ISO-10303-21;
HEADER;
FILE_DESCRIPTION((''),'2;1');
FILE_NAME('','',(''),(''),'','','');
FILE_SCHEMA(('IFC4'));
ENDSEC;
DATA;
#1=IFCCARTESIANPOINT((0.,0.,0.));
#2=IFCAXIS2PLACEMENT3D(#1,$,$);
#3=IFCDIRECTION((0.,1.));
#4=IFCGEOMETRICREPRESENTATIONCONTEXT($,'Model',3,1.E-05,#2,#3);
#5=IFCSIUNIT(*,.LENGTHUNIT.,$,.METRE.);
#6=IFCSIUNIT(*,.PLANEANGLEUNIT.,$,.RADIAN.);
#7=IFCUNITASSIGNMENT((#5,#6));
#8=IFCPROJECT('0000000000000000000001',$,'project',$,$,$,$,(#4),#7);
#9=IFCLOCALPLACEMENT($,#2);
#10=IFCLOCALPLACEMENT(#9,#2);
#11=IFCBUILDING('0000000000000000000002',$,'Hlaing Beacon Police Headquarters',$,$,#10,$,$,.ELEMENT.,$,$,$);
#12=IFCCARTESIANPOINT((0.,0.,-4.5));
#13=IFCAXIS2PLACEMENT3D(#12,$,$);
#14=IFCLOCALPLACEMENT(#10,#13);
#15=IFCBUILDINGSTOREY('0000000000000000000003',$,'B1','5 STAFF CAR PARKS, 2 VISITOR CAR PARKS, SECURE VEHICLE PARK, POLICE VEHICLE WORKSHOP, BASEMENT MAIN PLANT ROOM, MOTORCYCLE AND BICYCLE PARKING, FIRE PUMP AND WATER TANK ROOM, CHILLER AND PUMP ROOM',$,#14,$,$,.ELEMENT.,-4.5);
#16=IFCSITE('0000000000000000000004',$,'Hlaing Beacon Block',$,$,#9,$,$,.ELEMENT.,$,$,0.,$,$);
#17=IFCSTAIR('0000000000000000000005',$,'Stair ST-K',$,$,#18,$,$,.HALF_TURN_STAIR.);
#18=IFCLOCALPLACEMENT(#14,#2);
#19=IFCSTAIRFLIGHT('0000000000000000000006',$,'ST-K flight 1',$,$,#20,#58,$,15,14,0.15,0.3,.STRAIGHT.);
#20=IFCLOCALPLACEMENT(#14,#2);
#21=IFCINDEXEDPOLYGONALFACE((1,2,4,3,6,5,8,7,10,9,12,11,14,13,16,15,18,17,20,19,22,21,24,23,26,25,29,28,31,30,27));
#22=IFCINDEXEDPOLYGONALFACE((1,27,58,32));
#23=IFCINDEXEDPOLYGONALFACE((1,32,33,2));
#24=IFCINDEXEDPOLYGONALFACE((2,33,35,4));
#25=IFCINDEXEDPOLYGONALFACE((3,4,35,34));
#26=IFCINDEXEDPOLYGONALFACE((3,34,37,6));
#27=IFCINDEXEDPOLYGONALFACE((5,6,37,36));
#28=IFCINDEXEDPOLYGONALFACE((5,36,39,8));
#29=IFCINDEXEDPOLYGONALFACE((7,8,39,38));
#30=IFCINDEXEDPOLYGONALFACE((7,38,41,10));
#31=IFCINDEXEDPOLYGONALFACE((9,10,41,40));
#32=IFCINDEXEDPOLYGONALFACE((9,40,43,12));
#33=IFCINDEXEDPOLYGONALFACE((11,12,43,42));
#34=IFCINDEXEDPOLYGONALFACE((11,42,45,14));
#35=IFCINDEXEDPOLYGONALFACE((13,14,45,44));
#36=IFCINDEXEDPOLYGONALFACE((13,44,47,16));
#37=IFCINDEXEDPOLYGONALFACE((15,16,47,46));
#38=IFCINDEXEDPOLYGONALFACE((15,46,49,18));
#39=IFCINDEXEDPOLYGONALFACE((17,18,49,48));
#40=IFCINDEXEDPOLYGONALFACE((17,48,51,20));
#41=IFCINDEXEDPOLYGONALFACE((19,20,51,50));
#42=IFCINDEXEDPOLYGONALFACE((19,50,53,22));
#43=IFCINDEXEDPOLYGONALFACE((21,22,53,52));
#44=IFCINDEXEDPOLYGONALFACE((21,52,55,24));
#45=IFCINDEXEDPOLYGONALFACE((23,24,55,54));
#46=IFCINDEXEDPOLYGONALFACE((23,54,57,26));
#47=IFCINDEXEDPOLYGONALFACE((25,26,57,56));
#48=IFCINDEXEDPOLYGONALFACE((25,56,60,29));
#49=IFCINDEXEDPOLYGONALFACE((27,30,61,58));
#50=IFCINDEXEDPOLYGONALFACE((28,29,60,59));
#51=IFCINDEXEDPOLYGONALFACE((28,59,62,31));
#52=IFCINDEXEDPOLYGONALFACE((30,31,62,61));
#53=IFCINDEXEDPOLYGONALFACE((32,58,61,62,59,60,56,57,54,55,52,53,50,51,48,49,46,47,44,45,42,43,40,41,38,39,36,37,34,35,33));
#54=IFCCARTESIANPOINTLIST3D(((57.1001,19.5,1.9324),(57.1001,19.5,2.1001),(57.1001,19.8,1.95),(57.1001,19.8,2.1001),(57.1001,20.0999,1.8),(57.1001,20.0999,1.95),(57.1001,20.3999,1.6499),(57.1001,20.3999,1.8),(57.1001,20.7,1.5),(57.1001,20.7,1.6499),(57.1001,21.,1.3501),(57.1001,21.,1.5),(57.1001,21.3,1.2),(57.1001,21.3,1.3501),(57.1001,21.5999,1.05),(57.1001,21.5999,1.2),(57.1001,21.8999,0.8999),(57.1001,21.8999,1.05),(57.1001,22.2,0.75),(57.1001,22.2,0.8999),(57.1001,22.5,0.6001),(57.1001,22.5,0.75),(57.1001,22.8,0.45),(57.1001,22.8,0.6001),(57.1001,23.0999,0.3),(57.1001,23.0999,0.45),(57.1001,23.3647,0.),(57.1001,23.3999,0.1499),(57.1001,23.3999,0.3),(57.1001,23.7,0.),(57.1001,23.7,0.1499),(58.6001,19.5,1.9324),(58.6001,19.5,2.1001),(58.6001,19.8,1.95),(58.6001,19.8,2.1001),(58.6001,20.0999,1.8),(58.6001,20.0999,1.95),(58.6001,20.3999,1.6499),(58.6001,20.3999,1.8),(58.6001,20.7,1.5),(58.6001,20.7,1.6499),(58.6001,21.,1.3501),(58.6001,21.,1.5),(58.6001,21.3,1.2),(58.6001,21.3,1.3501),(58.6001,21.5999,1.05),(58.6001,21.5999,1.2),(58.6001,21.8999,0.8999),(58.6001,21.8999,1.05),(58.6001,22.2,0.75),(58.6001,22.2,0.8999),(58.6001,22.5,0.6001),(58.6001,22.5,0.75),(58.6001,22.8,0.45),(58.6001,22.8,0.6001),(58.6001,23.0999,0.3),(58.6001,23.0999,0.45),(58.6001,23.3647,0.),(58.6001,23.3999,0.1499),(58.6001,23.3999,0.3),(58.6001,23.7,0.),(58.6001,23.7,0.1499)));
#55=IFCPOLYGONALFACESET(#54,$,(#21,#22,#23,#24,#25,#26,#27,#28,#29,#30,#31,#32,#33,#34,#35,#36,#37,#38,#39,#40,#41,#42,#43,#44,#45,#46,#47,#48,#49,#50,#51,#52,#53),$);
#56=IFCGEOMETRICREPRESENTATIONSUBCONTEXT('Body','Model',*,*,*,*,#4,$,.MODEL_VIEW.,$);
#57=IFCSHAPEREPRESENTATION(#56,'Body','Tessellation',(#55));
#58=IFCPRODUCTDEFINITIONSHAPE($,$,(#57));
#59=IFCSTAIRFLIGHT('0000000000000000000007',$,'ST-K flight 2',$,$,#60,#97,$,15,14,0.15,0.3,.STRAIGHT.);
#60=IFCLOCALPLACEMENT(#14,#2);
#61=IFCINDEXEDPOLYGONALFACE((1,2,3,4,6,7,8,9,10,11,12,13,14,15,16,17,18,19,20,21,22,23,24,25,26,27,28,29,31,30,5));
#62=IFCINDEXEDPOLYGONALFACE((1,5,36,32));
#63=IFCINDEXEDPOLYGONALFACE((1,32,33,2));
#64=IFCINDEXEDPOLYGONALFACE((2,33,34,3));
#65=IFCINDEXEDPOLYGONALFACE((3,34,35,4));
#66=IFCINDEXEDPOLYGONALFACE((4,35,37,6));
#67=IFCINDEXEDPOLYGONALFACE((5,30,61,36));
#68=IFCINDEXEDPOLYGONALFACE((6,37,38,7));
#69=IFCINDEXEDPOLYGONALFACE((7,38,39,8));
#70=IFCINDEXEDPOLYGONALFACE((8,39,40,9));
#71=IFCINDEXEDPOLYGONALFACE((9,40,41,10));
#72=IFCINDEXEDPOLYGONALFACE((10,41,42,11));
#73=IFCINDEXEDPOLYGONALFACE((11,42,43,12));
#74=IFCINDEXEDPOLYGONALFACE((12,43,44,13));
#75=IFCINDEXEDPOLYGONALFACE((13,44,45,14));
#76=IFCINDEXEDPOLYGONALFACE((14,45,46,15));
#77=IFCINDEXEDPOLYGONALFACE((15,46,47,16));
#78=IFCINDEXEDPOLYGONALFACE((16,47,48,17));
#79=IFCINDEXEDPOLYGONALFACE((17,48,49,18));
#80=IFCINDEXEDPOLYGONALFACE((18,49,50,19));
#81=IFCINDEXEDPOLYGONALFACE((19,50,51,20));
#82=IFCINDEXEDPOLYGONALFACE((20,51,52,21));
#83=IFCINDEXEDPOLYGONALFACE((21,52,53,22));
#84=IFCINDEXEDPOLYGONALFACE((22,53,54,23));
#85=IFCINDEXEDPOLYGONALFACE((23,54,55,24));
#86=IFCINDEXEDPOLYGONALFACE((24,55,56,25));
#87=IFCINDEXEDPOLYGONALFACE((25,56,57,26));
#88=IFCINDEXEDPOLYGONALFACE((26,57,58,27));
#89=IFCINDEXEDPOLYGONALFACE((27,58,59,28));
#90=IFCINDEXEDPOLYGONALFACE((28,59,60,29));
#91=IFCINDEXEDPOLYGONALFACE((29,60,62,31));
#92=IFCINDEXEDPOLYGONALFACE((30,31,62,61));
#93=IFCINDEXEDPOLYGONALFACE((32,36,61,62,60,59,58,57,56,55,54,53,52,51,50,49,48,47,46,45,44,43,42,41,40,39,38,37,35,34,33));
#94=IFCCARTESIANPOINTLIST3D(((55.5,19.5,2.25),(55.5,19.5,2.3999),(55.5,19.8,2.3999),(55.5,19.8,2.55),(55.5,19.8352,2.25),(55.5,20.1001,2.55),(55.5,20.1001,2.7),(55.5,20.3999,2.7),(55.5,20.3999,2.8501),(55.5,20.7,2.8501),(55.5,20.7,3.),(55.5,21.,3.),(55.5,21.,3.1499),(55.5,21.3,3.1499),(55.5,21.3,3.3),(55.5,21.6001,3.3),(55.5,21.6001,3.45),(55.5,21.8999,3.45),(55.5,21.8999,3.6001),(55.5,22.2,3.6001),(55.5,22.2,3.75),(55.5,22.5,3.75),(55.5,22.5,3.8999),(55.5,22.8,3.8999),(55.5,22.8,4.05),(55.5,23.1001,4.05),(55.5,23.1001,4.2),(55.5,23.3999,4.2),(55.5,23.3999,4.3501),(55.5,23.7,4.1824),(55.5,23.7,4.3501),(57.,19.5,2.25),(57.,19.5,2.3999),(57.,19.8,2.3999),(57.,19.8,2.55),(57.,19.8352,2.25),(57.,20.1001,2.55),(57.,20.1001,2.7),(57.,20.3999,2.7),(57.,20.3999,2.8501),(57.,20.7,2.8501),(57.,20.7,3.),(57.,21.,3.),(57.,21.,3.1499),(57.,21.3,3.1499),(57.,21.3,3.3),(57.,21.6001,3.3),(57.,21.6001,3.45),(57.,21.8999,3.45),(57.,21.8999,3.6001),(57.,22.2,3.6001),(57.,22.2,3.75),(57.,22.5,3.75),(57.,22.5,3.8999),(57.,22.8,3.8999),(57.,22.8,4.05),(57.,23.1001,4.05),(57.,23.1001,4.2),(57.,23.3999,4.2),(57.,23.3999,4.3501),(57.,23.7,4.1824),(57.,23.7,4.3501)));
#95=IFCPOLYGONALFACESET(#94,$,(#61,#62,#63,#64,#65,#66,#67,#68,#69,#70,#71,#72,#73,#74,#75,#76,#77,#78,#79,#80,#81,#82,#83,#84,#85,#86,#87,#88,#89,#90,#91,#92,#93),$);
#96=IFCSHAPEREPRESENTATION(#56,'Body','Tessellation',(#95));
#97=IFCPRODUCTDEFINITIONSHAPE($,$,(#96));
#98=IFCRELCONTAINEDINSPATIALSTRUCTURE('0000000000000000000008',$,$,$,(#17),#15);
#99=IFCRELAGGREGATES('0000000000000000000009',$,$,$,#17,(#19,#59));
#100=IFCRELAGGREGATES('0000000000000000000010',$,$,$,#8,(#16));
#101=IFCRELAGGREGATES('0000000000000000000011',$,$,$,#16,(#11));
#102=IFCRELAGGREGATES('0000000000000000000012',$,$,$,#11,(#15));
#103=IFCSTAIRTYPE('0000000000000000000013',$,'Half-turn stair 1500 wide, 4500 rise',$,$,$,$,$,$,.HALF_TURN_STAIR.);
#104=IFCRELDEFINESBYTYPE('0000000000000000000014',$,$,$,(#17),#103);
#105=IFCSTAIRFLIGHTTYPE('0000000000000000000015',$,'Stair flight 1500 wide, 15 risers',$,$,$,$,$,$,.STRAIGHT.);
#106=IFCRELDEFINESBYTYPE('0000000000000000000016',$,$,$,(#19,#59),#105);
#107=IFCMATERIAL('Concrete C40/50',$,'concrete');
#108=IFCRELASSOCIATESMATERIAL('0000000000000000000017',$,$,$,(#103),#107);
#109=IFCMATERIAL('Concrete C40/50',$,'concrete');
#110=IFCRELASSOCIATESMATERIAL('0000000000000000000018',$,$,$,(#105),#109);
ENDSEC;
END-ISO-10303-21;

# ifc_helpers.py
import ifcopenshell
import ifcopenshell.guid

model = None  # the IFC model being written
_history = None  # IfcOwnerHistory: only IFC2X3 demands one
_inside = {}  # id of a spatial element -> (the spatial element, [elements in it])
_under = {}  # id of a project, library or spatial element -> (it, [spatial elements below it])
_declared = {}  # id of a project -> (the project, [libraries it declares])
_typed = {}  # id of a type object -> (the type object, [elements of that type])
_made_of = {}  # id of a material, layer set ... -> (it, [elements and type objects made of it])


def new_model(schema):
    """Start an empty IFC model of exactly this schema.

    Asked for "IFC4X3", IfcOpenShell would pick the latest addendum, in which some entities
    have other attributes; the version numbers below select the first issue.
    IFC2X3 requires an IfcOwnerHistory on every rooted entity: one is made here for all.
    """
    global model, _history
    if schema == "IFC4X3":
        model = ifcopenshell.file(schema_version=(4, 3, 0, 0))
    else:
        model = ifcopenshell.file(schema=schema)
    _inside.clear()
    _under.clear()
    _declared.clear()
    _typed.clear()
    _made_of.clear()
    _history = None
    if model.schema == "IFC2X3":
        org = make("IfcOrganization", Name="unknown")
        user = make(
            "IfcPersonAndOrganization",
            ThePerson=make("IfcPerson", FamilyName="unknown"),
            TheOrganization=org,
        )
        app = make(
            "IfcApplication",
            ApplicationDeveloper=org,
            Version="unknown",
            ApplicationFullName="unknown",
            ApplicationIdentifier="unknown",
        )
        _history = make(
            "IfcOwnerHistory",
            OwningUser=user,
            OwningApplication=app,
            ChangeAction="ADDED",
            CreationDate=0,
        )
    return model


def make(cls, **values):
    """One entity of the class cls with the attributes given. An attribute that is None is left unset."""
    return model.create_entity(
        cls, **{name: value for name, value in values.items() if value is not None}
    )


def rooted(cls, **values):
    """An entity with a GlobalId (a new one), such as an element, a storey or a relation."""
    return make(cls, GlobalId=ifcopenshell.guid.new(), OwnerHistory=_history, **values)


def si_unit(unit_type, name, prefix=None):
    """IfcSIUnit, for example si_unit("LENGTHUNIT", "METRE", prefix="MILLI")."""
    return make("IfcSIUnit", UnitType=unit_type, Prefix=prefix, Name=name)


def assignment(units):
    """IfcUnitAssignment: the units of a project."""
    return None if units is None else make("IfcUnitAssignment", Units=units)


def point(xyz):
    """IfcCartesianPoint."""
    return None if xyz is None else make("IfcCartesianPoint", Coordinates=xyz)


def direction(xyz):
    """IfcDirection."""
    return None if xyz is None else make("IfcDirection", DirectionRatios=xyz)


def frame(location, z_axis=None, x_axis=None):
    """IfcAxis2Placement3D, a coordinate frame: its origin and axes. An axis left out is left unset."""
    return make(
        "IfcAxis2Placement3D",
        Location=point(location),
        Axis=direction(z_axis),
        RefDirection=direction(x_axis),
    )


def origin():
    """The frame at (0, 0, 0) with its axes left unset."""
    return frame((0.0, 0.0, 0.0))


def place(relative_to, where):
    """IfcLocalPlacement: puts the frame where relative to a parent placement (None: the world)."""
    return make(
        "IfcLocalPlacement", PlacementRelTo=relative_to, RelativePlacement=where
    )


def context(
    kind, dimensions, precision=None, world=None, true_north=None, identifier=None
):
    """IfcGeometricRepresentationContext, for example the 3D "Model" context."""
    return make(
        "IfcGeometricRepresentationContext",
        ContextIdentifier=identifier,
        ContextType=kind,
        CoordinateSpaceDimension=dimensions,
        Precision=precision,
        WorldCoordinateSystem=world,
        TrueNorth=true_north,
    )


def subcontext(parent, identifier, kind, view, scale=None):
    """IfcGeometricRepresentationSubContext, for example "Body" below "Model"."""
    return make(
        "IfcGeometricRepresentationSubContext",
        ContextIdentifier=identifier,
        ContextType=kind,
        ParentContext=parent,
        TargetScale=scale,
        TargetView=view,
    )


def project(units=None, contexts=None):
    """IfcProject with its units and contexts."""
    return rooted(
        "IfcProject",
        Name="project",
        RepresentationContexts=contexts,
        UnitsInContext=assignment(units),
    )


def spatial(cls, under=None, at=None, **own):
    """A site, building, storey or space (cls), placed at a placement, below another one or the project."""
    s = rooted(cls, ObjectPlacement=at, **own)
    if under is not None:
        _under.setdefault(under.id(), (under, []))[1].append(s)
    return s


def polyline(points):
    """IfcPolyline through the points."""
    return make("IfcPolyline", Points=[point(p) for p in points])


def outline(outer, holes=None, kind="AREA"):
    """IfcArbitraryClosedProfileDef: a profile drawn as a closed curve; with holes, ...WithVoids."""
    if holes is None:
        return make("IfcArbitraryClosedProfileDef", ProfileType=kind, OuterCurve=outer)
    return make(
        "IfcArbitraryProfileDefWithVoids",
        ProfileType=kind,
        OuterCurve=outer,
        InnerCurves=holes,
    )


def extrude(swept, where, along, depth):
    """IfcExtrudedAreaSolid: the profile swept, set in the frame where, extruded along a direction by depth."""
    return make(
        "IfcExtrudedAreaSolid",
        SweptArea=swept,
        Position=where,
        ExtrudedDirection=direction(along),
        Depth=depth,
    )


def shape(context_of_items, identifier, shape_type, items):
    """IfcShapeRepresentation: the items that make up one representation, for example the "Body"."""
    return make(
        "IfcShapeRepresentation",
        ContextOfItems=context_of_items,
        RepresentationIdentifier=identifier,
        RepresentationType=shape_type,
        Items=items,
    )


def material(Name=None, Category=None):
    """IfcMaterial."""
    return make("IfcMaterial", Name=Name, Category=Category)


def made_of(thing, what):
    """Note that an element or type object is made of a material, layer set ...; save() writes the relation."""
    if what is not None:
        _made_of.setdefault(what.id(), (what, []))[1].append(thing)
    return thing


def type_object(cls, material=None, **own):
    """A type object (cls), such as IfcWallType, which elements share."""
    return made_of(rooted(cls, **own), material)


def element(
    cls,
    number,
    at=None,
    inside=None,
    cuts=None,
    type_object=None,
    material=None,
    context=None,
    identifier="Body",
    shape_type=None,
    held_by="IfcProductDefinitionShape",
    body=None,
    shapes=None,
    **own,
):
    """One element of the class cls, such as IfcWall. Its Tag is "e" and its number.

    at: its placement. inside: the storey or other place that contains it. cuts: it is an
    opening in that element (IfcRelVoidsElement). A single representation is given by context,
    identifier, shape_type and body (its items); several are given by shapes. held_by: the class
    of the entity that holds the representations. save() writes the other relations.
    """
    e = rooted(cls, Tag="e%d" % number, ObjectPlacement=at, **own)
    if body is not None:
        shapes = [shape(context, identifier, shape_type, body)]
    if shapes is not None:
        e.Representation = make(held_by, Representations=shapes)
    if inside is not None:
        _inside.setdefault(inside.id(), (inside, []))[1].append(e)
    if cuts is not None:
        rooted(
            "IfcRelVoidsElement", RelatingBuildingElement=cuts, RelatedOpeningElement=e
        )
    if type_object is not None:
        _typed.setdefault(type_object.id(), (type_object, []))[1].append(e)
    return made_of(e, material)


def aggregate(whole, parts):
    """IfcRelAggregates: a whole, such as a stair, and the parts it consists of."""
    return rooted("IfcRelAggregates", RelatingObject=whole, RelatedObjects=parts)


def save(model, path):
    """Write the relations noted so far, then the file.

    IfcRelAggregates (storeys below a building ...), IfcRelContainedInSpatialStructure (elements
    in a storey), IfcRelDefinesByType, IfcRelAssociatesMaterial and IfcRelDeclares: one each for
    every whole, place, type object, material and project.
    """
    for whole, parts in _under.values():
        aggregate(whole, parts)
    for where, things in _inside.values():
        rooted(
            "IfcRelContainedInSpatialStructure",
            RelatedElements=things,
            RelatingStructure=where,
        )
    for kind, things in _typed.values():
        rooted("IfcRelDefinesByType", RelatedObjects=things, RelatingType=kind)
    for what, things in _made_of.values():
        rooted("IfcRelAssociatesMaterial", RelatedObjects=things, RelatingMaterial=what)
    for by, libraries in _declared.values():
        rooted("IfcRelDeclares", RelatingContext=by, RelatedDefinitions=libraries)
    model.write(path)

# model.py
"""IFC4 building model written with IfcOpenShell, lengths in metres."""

from ifc_helpers import new_model, si_unit, direction, frame, origin, place, context, subcontext, project, spatial, polyline, outline, extrude, material, type_object, element, aggregate, save


model = new_model("IFC4")

# Units and contexts
model_context = context("Model", 3, precision=1e-05, world=origin(), true_north=direction((0.0, 1.0)))
body_context = subcontext(model_context, "Body", "Model", "MODEL_VIEW")
ifc_project = project(units=[si_unit("LENGTHUNIT", "METRE"), si_unit("PLANEANGLEUNIT", "RADIAN")], contexts=[model_context])

# Site, building, storey
site_placement = place(None, origin())
site = spatial("IfcSite", under=ifc_project, at=site_placement, Name="Hlaing Beacon Block", CompositionType="ELEMENT", RefElevation=0.0)
building_placement = place(site_placement, origin())
building = spatial("IfcBuilding", under=site, at=building_placement, Name="Hlaing Beacon Police Headquarters", CompositionType="ELEMENT")
storey_placement = place(building_placement, frame((0.0, 0.0, -4.5)))
storey = spatial("IfcBuildingStorey", under=building, at=storey_placement, Name="B1", Description="5 STAFF CAR PARKS, 2 VISITOR CAR PARKS, SECURE VEHICLE PARK, POLICE VEHICLE WORKSHOP, BASEMENT MAIN PLANT ROOM, MOTORCYCLE AND BICYCLE PARKING, FIRE PUMP AND WATER TANK ROOM, CHILLER AND PUMP ROOM", CompositionType="ELEMENT", Elevation=-4.5)

# Stair, stair flights
ifc_material_1 = material(Name="Concrete C40/50", Category="concrete")
stair_type = type_object("IfcStairType", Name="Half-turn stair 1500 wide, 4500 rise", PredefinedType="HALF_TURN_STAIR", material=ifc_material_1)
stair_placement = place(storey_placement, origin())
stair = element("IfcStair", 1, at=stair_placement, inside=storey, type_object=stair_type, Name="Stair ST-K", PredefinedType="HALF_TURN_STAIR")
ifc_material_2 = material(Name="Concrete C40/50", Category="concrete")
stair_flight_type = type_object("IfcStairFlightType", Name="Stair flight 1500 wide, 15 risers", PredefinedType="STRAIGHT", material=ifc_material_2)
stair_flight_1_placement = place(storey_placement, frame((57.8501, 23.7, 0.0), z_axis=(0.0, 0.0, 1.0), x_axis=(0.0, -1.0, 0.0)))
stair_flight_1 = element("IfcStairFlight", 2, at=stair_flight_1_placement, type_object=stair_flight_type, Name="ST-K flight 1", NumberOfRisers=15, NumberOfTreads=14, PredefinedType="STRAIGHT", RiserHeight=0.15, TreadLength=0.3, context=body_context, shape_type="SweptSolid", body=[
    extrude(outline(polyline([(0.0, 0.0), (0.0, 0.1499), (0.3, 0.1499), (0.3, 0.3), (0.6001, 0.3), (0.6001, 0.45), (0.8999, 0.45), (0.8999, 0.6001), (1.2, 0.6001), (1.2, 0.75), (1.5, 0.75), (1.5, 0.8999), (1.8, 0.8999), (1.8, 1.05), (2.1001, 1.05), (2.1001, 1.2), (2.3999, 1.2), (2.3999, 1.3501), (2.7, 1.3501), (2.7, 1.5), (3.0, 1.5), (3.0, 1.6499), (3.3, 1.6499), (3.3, 1.8), (3.6001, 1.8), (3.6001, 1.95), (3.8999, 1.95), (3.8999, 2.1001), (4.2, 2.1001), (4.2, 2.25), (4.2, 1.9324), (0.3352, 0.0), (0.0, 0.0)])), frame((0.0, 0.75, 0.0), z_axis=(0.0, -1.0, 0.0), x_axis=(1.0, 0.0, 0.0)), (0.0, 0.0, 1.0), 1.5),
])
stair_flight_2_placement = place(storey_placement, frame((56.25, 19.5, 2.25), z_axis=(0.0, 0.0, 1.0), x_axis=(0.0, 1.0, 0.0)))
stair_flight_2 = element("IfcStairFlight", 3, at=stair_flight_2_placement, type_object=stair_flight_type, Name="ST-K flight 2", NumberOfRisers=15, NumberOfTreads=14, PredefinedType="STRAIGHT", RiserHeight=0.15, TreadLength=0.3, context=body_context, shape_type="SweptSolid", body=[
    extrude(outline(polyline([(0.0, 0.0), (0.0, 0.1499), (0.3, 0.1499), (0.3, 0.3), (0.6001, 0.3), (0.6001, 0.45), (0.8999, 0.45), (0.8999, 0.6001), (1.2, 0.6001), (1.2, 0.75), (1.5, 0.75), (1.5, 0.8999), (1.8, 0.8999), (1.8, 1.05), (2.1001, 1.05), (2.1001, 1.2), (2.3999, 1.2), (2.3999, 1.3501), (2.7, 1.3501), (2.7, 1.5), (3.0, 1.5), (3.0, 1.6499), (3.3, 1.6499), (3.3, 1.8), (3.6001, 1.8), (3.6001, 1.95), (3.8999, 1.95), (3.8999, 2.1001), (4.2, 2.1001), (4.2, 2.25), (4.2, 1.9324), (0.3352, 0.0), (0.0, 0.0)])), frame((0.0, 0.75, 0.0), z_axis=(0.0, -1.0, 0.0), x_axis=(1.0, 0.0, 0.0)), (0.0, 0.0, 1.0), 1.5),
])
aggregate(stair, [stair_flight_1, stair_flight_2])

save(model, "model.ifc")
